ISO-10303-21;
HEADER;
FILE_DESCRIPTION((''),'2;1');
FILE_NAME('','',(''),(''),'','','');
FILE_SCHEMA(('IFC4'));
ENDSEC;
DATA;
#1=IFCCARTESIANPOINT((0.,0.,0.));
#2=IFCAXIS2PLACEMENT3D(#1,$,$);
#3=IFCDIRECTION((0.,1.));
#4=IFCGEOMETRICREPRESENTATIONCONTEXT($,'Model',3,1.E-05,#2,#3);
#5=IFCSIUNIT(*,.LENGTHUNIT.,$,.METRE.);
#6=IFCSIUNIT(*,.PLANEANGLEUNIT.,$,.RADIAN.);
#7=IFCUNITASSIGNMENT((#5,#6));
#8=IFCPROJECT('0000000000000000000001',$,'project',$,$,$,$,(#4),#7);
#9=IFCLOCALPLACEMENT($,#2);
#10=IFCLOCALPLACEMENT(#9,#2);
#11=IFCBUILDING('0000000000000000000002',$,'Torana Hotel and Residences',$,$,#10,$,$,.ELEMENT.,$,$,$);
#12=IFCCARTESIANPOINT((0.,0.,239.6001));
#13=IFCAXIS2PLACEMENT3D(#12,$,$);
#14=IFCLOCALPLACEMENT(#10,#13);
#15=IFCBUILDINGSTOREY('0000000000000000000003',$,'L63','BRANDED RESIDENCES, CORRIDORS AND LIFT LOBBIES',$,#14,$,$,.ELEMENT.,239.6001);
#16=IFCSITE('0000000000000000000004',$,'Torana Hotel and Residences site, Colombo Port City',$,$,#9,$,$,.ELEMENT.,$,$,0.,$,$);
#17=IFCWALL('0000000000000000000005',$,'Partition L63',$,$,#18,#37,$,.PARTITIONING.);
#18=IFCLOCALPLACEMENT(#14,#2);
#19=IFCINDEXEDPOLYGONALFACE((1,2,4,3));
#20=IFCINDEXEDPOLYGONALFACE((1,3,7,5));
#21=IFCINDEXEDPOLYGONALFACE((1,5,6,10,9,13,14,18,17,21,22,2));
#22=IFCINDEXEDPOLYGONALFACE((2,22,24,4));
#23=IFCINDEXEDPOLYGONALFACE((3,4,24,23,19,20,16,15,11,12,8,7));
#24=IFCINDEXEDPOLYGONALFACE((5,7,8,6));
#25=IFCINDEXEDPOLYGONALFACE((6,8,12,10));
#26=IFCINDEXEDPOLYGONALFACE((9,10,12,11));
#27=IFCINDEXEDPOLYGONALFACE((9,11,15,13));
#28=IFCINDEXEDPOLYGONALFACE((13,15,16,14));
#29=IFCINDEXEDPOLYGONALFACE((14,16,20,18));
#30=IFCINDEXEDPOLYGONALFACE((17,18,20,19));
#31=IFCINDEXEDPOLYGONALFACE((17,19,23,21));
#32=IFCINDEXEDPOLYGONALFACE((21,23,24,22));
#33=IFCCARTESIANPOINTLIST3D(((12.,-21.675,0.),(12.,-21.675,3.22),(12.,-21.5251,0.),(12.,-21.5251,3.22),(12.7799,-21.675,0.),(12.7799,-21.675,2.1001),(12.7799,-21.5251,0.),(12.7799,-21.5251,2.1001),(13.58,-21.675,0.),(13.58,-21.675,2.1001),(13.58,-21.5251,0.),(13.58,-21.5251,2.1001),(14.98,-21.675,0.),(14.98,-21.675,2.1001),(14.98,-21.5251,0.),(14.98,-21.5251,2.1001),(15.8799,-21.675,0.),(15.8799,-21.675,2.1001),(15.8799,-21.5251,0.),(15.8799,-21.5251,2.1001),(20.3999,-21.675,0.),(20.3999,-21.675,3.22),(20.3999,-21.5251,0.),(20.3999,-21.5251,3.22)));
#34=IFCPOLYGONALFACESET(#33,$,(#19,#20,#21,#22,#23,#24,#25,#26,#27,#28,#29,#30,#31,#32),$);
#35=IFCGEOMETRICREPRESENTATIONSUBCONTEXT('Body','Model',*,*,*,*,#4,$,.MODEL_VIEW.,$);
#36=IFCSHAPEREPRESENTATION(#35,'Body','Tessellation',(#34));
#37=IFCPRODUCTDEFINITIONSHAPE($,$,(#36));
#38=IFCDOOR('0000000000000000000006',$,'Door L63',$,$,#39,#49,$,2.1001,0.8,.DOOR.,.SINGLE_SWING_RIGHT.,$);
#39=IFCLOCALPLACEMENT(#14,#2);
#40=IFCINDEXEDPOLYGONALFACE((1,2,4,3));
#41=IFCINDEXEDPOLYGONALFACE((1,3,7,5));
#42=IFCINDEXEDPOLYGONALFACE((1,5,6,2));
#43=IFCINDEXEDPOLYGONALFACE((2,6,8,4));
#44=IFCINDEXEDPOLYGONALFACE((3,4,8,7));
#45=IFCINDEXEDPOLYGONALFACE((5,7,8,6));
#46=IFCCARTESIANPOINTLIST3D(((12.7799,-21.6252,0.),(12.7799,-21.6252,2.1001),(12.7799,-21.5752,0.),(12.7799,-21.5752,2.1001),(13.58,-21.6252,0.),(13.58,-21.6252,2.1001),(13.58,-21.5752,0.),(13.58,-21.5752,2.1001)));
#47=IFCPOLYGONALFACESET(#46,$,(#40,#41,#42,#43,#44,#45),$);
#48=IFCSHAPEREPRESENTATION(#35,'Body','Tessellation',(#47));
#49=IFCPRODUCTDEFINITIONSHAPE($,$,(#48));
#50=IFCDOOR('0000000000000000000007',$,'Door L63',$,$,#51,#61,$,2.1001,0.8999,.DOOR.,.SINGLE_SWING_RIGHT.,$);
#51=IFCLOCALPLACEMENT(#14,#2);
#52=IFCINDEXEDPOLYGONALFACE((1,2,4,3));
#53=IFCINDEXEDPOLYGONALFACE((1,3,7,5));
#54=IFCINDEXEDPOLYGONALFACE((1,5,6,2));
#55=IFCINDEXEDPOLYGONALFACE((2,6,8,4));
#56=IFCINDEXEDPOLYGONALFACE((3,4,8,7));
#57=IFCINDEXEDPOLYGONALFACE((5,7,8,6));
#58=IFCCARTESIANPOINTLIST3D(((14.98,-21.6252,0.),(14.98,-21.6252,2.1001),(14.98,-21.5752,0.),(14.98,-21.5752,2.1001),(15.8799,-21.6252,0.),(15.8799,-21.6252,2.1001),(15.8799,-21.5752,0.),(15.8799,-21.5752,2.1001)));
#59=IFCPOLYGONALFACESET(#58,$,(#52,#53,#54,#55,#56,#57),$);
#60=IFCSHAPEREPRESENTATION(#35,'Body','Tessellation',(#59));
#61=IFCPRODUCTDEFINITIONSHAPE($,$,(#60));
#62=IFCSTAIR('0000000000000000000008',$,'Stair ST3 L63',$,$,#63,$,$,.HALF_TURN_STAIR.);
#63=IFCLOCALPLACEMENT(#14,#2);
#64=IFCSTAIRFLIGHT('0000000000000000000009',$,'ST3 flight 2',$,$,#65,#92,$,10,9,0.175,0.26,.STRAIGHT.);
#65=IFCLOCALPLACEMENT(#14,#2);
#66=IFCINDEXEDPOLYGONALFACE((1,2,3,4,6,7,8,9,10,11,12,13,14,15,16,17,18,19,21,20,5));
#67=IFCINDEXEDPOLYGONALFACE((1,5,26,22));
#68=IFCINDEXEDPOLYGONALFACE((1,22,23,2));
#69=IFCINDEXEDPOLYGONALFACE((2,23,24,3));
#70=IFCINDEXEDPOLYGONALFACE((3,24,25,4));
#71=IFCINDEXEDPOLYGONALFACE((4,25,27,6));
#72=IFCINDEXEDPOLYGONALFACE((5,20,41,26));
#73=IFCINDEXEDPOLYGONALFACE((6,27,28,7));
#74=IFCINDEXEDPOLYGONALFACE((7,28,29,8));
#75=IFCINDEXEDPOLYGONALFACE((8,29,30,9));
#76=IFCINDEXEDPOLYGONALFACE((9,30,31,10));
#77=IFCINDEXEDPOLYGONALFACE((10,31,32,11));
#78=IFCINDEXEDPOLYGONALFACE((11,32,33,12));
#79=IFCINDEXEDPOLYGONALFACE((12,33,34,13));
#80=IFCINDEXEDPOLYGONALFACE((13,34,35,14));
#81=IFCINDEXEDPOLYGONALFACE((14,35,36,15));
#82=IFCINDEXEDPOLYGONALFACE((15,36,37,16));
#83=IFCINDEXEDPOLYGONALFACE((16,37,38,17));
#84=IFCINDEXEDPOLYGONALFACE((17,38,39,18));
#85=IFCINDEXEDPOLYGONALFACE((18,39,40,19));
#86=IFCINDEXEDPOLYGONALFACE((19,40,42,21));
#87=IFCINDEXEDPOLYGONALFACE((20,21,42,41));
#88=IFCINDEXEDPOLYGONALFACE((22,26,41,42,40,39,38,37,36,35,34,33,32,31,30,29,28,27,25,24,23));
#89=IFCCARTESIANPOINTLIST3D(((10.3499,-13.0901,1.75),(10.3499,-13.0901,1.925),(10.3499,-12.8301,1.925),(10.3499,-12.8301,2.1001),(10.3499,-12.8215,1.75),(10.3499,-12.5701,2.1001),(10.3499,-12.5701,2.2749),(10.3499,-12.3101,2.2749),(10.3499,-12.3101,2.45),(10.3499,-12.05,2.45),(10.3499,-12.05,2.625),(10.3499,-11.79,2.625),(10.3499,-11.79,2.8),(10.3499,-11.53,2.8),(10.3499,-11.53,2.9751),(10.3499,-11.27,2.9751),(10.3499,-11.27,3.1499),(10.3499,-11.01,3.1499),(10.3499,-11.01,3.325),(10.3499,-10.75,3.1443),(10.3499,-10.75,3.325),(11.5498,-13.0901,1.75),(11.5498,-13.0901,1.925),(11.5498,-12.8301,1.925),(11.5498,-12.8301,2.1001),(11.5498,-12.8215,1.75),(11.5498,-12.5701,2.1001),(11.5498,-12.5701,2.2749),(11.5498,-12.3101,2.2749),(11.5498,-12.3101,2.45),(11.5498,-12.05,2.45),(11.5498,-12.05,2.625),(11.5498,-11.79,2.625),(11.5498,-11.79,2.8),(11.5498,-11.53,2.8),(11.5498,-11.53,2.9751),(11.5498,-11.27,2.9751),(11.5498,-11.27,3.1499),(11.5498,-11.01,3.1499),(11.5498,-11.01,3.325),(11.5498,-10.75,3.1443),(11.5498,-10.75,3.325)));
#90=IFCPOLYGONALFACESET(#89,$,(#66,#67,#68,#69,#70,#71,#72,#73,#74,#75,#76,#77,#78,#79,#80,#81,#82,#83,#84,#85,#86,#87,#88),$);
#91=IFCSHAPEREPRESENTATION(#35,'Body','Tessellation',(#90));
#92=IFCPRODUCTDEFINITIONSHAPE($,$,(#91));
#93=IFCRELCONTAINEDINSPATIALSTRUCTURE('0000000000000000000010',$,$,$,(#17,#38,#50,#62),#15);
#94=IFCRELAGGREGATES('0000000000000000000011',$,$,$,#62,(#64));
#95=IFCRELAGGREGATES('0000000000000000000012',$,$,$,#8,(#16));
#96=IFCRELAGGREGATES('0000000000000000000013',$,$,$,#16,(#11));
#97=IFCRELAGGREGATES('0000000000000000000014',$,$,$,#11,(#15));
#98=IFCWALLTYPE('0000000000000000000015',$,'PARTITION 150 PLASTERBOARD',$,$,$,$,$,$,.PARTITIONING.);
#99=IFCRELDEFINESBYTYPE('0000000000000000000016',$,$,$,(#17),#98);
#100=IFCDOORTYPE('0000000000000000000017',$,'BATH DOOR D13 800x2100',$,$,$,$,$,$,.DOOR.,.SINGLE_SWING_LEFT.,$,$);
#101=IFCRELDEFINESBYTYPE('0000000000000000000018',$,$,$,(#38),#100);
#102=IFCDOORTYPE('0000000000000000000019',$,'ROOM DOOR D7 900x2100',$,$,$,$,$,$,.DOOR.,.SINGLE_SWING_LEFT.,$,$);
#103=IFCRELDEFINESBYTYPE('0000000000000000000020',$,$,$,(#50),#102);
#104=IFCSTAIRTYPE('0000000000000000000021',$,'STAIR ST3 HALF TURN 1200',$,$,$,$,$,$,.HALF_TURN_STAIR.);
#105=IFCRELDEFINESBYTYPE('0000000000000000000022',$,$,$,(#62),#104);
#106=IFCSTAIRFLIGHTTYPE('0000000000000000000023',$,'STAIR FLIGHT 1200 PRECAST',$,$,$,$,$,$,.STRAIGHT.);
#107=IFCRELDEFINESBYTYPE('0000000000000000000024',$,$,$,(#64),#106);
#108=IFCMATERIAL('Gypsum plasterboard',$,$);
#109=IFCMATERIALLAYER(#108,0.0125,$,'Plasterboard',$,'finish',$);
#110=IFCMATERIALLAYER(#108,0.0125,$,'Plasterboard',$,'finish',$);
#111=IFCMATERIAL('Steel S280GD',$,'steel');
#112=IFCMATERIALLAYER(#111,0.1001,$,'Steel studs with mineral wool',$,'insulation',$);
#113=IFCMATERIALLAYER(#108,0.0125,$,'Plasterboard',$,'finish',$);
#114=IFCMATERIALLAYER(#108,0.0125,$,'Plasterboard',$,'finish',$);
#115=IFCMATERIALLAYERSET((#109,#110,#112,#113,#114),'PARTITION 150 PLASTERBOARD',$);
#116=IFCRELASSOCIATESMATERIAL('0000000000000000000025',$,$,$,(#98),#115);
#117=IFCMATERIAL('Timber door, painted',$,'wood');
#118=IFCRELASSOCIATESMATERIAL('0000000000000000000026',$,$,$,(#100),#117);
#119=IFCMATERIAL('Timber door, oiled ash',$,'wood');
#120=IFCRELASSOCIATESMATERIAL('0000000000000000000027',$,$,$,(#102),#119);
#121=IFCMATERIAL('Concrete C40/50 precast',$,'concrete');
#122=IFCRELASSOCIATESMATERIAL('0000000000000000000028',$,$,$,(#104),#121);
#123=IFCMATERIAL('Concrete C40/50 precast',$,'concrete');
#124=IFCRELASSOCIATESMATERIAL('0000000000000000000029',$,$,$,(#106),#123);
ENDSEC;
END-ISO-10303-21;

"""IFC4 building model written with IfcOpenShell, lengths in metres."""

from ifc_helpers import new_model, si_unit, direction, frame, frame_2d, origin, place, context, subcontext, project, spatial, polyline, rectangle, outline, extrude, material, layer, layer_set, type_object, element, fill, aggregate, save


model = new_model("IFC4")

# Units and contexts
model_context = context("Model", 3, precision=1e-05, world=origin(), true_north=direction((0.0, 1.0)))
body_context = subcontext(model_context, "Body", "Model", "MODEL_VIEW")
ifc_project = project(units=[si_unit("LENGTHUNIT", "METRE"), si_unit("PLANEANGLEUNIT", "RADIAN")], contexts=[model_context])

# Site, building, storey
site_placement = place(None, origin())
site = spatial("IfcSite", under=ifc_project, at=site_placement, Name="Torana Hotel and Residences site, Colombo Port City", CompositionType="ELEMENT", RefElevation=0.0)
building_placement = place(site_placement, origin())
building = spatial("IfcBuilding", under=site, at=building_placement, Name="Torana Hotel and Residences", CompositionType="ELEMENT")
storey_placement = place(building_placement, frame((0.0, 0.0, 239.6001)))
storey = spatial("IfcBuildingStorey", under=building, at=storey_placement, Name="L63", Description="BRANDED RESIDENCES, CORRIDORS AND LIFT LOBBIES", CompositionType="ELEMENT", Elevation=239.6001)

# Shared definitions
ifc_material_1 = material(Name="Gypsum plasterboard")
ifc_layer_1 = layer(ifc_material_1, 0.0125, Name="Plasterboard", Category="finish")
ifc_layer_2 = layer(ifc_material_1, 0.0125, Name="Plasterboard", Category="finish")
ifc_material_2 = material(Name="Steel S280GD", Category="steel")
ifc_layer_3 = layer(ifc_material_2, 0.1001, Name="Steel studs with mineral wool", Category="insulation")
ifc_layer_4 = layer(ifc_material_1, 0.0125, Name="Plasterboard", Category="finish")
ifc_layer_5 = layer(ifc_material_1, 0.0125, Name="Plasterboard", Category="finish")
ifc_layer_set_1 = layer_set([ifc_layer_1, ifc_layer_2, ifc_layer_3, ifc_layer_4, ifc_layer_5], Name="PARTITION 150 PLASTERBOARD")
wall_type_1 = type_object("IfcWallType", Name="PARTITION 150 PLASTERBOARD", PredefinedType="PARTITIONING", material=ifc_layer_set_1)

# Wall, openings, doors
wall_1_placement = place(storey_placement, frame((12.0, -21.6001, 0.0), z_axis=(0.0, 0.0, 1.0), x_axis=(1.0, 0.0, 0.0)))
wall_1 = element("IfcWall", 1, at=wall_1_placement, inside=storey, type_object=wall_type_1, Name="Partition L63", PredefinedType="PARTITIONING", context=body_context, shape_type="SweptSolid", body=[
    extrude(rectangle(XDim=8.3999, YDim=0.1499, at=frame_2d((4.2, 0.0))), origin(), (0.0, 0.0, 1.0), 3.22),
])
opening_1_placement = place(wall_1_placement, frame((0.78, 0.0, 0.0)))
opening_1 = element("IfcOpeningElement", 2, at=opening_1_placement, cuts=wall_1, PredefinedType="OPENING", context=body_context, shape_type="SweptSolid", body=[
    extrude(rectangle(XDim=0.8, YDim=2.1001, at=frame_2d((0.3999, 1.05))), frame((0.0, 0.085, 0.0), z_axis=(0.0, -1.0, 0.0), x_axis=(1.0, 0.0, 0.0)), (0.0, 0.0, 1.0), 0.1699),
])
opening_2_placement = place(wall_1_placement, frame((2.98, 0.0, 0.0)))
opening_2 = element("IfcOpeningElement", 3, at=opening_2_placement, cuts=wall_1, PredefinedType="OPENING", context=body_context, shape_type="SweptSolid", body=[
    extrude(rectangle(XDim=0.8999, YDim=2.1001, at=frame_2d((0.45, 1.05))), frame((0.0, 0.085, 0.0), z_axis=(0.0, -1.0, 0.0), x_axis=(1.0, 0.0, 0.0)), (0.0, 0.0, 1.0), 0.1699),
])
ifc_material_3 = material(Name="Timber door, painted", Category="wood")
door_type_1 = type_object("IfcDoorType", Name="BATH DOOR D13 800x2100", OperationType="SINGLE_SWING_LEFT", PredefinedType="DOOR", material=ifc_material_3)
door_1_placement = place(opening_1_placement, origin())
door_1 = element("IfcDoor", 4, at=door_1_placement, inside=storey, type_object=door_type_1, Name="Door L63", OperationType="SINGLE_SWING_RIGHT", OverallHeight=2.1001, OverallWidth=0.8, PredefinedType="DOOR", context=body_context, shape_type="SweptSolid", body=[
    extrude(rectangle(XDim=0.8, YDim=2.1001, at=frame_2d((0.3999, 1.05))), frame((0.0, 0.0249, 0.0), z_axis=(0.0, -1.0, 0.0), x_axis=(1.0, 0.0, 0.0)), (0.0, 0.0, 1.0), 0.05),
])
fill(opening_1, door_1)
ifc_material_4 = material(Name="Timber door, oiled ash", Category="wood")
door_type_2 = type_object("IfcDoorType", Name="ROOM DOOR D7 900x2100", OperationType="SINGLE_SWING_LEFT", PredefinedType="DOOR", material=ifc_material_4)
door_2_placement = place(opening_2_placement, origin())
door_2 = element("IfcDoor", 5, at=door_2_placement, inside=storey, type_object=door_type_2, Name="Door L63", OperationType="SINGLE_SWING_RIGHT", OverallHeight=2.1001, OverallWidth=0.8999, PredefinedType="DOOR", context=body_context, shape_type="SweptSolid", body=[
    extrude(rectangle(XDim=0.8999, YDim=2.1001, at=frame_2d((0.45, 1.05))), frame((0.0, 0.0249, 0.0), z_axis=(0.0, -1.0, 0.0), x_axis=(1.0, 0.0, 0.0)), (0.0, 0.0, 1.0), 0.05),
])
fill(opening_2, door_2)

# Stair, stair flight
ifc_material_5 = material(Name="Concrete C40/50 precast", Category="concrete")
stair_type = type_object("IfcStairType", Name="STAIR ST3 HALF TURN 1200", PredefinedType="HALF_TURN_STAIR", material=ifc_material_5)
stair_placement = place(storey_placement, origin())
stair = element("IfcStair", 6, at=stair_placement, inside=storey, type_object=stair_type, Name="Stair ST3 L63", PredefinedType="HALF_TURN_STAIR")
ifc_material_6 = material(Name="Concrete C40/50 precast", Category="concrete")
stair_flight_type = type_object("IfcStairFlightType", Name="STAIR FLIGHT 1200 PRECAST", PredefinedType="STRAIGHT", material=ifc_material_6)
stair_flight_placement = place(storey_placement, frame((10.95, -13.0901, 1.75), z_axis=(0.0, 0.0, 1.0), x_axis=(0.0, 1.0, 0.0)))
stair_flight = element("IfcStairFlight", 7, at=stair_flight_placement, type_object=stair_flight_type, Name="ST3 flight 2", NumberOfRisers=10, NumberOfTreads=9, PredefinedType="STRAIGHT", RiserHeight=0.175, TreadLength=0.26, context=body_context, shape_type="SweptSolid", body=[
    extrude(outline(polyline([(0.0, 0.0), (0.0, 0.175), (0.26, 0.175), (0.26, 0.3501), (0.52, 0.3501), (0.52, 0.5249), (0.78, 0.5249), (0.78, 0.7), (1.04, 0.7), (1.04, 0.875), (1.3, 0.875), (1.3, 1.05), (1.5601, 1.05), (1.5601, 1.2251), (1.8201, 1.2251), (1.8201, 1.3999), (2.0801, 1.3999), (2.0801, 1.575), (2.3401, 1.575), (2.3401, 1.75), (2.3401, 1.3943), (0.2686, 0.0), (0.0, 0.0)])), frame((0.0, 0.6001, 0.0), z_axis=(0.0, -1.0, 0.0), x_axis=(1.0, 0.0, 0.0)), (0.0, 0.0, 1.0), 1.2),
])
aggregate(stair, [stair_flight])

save(model, "model.ifc")
